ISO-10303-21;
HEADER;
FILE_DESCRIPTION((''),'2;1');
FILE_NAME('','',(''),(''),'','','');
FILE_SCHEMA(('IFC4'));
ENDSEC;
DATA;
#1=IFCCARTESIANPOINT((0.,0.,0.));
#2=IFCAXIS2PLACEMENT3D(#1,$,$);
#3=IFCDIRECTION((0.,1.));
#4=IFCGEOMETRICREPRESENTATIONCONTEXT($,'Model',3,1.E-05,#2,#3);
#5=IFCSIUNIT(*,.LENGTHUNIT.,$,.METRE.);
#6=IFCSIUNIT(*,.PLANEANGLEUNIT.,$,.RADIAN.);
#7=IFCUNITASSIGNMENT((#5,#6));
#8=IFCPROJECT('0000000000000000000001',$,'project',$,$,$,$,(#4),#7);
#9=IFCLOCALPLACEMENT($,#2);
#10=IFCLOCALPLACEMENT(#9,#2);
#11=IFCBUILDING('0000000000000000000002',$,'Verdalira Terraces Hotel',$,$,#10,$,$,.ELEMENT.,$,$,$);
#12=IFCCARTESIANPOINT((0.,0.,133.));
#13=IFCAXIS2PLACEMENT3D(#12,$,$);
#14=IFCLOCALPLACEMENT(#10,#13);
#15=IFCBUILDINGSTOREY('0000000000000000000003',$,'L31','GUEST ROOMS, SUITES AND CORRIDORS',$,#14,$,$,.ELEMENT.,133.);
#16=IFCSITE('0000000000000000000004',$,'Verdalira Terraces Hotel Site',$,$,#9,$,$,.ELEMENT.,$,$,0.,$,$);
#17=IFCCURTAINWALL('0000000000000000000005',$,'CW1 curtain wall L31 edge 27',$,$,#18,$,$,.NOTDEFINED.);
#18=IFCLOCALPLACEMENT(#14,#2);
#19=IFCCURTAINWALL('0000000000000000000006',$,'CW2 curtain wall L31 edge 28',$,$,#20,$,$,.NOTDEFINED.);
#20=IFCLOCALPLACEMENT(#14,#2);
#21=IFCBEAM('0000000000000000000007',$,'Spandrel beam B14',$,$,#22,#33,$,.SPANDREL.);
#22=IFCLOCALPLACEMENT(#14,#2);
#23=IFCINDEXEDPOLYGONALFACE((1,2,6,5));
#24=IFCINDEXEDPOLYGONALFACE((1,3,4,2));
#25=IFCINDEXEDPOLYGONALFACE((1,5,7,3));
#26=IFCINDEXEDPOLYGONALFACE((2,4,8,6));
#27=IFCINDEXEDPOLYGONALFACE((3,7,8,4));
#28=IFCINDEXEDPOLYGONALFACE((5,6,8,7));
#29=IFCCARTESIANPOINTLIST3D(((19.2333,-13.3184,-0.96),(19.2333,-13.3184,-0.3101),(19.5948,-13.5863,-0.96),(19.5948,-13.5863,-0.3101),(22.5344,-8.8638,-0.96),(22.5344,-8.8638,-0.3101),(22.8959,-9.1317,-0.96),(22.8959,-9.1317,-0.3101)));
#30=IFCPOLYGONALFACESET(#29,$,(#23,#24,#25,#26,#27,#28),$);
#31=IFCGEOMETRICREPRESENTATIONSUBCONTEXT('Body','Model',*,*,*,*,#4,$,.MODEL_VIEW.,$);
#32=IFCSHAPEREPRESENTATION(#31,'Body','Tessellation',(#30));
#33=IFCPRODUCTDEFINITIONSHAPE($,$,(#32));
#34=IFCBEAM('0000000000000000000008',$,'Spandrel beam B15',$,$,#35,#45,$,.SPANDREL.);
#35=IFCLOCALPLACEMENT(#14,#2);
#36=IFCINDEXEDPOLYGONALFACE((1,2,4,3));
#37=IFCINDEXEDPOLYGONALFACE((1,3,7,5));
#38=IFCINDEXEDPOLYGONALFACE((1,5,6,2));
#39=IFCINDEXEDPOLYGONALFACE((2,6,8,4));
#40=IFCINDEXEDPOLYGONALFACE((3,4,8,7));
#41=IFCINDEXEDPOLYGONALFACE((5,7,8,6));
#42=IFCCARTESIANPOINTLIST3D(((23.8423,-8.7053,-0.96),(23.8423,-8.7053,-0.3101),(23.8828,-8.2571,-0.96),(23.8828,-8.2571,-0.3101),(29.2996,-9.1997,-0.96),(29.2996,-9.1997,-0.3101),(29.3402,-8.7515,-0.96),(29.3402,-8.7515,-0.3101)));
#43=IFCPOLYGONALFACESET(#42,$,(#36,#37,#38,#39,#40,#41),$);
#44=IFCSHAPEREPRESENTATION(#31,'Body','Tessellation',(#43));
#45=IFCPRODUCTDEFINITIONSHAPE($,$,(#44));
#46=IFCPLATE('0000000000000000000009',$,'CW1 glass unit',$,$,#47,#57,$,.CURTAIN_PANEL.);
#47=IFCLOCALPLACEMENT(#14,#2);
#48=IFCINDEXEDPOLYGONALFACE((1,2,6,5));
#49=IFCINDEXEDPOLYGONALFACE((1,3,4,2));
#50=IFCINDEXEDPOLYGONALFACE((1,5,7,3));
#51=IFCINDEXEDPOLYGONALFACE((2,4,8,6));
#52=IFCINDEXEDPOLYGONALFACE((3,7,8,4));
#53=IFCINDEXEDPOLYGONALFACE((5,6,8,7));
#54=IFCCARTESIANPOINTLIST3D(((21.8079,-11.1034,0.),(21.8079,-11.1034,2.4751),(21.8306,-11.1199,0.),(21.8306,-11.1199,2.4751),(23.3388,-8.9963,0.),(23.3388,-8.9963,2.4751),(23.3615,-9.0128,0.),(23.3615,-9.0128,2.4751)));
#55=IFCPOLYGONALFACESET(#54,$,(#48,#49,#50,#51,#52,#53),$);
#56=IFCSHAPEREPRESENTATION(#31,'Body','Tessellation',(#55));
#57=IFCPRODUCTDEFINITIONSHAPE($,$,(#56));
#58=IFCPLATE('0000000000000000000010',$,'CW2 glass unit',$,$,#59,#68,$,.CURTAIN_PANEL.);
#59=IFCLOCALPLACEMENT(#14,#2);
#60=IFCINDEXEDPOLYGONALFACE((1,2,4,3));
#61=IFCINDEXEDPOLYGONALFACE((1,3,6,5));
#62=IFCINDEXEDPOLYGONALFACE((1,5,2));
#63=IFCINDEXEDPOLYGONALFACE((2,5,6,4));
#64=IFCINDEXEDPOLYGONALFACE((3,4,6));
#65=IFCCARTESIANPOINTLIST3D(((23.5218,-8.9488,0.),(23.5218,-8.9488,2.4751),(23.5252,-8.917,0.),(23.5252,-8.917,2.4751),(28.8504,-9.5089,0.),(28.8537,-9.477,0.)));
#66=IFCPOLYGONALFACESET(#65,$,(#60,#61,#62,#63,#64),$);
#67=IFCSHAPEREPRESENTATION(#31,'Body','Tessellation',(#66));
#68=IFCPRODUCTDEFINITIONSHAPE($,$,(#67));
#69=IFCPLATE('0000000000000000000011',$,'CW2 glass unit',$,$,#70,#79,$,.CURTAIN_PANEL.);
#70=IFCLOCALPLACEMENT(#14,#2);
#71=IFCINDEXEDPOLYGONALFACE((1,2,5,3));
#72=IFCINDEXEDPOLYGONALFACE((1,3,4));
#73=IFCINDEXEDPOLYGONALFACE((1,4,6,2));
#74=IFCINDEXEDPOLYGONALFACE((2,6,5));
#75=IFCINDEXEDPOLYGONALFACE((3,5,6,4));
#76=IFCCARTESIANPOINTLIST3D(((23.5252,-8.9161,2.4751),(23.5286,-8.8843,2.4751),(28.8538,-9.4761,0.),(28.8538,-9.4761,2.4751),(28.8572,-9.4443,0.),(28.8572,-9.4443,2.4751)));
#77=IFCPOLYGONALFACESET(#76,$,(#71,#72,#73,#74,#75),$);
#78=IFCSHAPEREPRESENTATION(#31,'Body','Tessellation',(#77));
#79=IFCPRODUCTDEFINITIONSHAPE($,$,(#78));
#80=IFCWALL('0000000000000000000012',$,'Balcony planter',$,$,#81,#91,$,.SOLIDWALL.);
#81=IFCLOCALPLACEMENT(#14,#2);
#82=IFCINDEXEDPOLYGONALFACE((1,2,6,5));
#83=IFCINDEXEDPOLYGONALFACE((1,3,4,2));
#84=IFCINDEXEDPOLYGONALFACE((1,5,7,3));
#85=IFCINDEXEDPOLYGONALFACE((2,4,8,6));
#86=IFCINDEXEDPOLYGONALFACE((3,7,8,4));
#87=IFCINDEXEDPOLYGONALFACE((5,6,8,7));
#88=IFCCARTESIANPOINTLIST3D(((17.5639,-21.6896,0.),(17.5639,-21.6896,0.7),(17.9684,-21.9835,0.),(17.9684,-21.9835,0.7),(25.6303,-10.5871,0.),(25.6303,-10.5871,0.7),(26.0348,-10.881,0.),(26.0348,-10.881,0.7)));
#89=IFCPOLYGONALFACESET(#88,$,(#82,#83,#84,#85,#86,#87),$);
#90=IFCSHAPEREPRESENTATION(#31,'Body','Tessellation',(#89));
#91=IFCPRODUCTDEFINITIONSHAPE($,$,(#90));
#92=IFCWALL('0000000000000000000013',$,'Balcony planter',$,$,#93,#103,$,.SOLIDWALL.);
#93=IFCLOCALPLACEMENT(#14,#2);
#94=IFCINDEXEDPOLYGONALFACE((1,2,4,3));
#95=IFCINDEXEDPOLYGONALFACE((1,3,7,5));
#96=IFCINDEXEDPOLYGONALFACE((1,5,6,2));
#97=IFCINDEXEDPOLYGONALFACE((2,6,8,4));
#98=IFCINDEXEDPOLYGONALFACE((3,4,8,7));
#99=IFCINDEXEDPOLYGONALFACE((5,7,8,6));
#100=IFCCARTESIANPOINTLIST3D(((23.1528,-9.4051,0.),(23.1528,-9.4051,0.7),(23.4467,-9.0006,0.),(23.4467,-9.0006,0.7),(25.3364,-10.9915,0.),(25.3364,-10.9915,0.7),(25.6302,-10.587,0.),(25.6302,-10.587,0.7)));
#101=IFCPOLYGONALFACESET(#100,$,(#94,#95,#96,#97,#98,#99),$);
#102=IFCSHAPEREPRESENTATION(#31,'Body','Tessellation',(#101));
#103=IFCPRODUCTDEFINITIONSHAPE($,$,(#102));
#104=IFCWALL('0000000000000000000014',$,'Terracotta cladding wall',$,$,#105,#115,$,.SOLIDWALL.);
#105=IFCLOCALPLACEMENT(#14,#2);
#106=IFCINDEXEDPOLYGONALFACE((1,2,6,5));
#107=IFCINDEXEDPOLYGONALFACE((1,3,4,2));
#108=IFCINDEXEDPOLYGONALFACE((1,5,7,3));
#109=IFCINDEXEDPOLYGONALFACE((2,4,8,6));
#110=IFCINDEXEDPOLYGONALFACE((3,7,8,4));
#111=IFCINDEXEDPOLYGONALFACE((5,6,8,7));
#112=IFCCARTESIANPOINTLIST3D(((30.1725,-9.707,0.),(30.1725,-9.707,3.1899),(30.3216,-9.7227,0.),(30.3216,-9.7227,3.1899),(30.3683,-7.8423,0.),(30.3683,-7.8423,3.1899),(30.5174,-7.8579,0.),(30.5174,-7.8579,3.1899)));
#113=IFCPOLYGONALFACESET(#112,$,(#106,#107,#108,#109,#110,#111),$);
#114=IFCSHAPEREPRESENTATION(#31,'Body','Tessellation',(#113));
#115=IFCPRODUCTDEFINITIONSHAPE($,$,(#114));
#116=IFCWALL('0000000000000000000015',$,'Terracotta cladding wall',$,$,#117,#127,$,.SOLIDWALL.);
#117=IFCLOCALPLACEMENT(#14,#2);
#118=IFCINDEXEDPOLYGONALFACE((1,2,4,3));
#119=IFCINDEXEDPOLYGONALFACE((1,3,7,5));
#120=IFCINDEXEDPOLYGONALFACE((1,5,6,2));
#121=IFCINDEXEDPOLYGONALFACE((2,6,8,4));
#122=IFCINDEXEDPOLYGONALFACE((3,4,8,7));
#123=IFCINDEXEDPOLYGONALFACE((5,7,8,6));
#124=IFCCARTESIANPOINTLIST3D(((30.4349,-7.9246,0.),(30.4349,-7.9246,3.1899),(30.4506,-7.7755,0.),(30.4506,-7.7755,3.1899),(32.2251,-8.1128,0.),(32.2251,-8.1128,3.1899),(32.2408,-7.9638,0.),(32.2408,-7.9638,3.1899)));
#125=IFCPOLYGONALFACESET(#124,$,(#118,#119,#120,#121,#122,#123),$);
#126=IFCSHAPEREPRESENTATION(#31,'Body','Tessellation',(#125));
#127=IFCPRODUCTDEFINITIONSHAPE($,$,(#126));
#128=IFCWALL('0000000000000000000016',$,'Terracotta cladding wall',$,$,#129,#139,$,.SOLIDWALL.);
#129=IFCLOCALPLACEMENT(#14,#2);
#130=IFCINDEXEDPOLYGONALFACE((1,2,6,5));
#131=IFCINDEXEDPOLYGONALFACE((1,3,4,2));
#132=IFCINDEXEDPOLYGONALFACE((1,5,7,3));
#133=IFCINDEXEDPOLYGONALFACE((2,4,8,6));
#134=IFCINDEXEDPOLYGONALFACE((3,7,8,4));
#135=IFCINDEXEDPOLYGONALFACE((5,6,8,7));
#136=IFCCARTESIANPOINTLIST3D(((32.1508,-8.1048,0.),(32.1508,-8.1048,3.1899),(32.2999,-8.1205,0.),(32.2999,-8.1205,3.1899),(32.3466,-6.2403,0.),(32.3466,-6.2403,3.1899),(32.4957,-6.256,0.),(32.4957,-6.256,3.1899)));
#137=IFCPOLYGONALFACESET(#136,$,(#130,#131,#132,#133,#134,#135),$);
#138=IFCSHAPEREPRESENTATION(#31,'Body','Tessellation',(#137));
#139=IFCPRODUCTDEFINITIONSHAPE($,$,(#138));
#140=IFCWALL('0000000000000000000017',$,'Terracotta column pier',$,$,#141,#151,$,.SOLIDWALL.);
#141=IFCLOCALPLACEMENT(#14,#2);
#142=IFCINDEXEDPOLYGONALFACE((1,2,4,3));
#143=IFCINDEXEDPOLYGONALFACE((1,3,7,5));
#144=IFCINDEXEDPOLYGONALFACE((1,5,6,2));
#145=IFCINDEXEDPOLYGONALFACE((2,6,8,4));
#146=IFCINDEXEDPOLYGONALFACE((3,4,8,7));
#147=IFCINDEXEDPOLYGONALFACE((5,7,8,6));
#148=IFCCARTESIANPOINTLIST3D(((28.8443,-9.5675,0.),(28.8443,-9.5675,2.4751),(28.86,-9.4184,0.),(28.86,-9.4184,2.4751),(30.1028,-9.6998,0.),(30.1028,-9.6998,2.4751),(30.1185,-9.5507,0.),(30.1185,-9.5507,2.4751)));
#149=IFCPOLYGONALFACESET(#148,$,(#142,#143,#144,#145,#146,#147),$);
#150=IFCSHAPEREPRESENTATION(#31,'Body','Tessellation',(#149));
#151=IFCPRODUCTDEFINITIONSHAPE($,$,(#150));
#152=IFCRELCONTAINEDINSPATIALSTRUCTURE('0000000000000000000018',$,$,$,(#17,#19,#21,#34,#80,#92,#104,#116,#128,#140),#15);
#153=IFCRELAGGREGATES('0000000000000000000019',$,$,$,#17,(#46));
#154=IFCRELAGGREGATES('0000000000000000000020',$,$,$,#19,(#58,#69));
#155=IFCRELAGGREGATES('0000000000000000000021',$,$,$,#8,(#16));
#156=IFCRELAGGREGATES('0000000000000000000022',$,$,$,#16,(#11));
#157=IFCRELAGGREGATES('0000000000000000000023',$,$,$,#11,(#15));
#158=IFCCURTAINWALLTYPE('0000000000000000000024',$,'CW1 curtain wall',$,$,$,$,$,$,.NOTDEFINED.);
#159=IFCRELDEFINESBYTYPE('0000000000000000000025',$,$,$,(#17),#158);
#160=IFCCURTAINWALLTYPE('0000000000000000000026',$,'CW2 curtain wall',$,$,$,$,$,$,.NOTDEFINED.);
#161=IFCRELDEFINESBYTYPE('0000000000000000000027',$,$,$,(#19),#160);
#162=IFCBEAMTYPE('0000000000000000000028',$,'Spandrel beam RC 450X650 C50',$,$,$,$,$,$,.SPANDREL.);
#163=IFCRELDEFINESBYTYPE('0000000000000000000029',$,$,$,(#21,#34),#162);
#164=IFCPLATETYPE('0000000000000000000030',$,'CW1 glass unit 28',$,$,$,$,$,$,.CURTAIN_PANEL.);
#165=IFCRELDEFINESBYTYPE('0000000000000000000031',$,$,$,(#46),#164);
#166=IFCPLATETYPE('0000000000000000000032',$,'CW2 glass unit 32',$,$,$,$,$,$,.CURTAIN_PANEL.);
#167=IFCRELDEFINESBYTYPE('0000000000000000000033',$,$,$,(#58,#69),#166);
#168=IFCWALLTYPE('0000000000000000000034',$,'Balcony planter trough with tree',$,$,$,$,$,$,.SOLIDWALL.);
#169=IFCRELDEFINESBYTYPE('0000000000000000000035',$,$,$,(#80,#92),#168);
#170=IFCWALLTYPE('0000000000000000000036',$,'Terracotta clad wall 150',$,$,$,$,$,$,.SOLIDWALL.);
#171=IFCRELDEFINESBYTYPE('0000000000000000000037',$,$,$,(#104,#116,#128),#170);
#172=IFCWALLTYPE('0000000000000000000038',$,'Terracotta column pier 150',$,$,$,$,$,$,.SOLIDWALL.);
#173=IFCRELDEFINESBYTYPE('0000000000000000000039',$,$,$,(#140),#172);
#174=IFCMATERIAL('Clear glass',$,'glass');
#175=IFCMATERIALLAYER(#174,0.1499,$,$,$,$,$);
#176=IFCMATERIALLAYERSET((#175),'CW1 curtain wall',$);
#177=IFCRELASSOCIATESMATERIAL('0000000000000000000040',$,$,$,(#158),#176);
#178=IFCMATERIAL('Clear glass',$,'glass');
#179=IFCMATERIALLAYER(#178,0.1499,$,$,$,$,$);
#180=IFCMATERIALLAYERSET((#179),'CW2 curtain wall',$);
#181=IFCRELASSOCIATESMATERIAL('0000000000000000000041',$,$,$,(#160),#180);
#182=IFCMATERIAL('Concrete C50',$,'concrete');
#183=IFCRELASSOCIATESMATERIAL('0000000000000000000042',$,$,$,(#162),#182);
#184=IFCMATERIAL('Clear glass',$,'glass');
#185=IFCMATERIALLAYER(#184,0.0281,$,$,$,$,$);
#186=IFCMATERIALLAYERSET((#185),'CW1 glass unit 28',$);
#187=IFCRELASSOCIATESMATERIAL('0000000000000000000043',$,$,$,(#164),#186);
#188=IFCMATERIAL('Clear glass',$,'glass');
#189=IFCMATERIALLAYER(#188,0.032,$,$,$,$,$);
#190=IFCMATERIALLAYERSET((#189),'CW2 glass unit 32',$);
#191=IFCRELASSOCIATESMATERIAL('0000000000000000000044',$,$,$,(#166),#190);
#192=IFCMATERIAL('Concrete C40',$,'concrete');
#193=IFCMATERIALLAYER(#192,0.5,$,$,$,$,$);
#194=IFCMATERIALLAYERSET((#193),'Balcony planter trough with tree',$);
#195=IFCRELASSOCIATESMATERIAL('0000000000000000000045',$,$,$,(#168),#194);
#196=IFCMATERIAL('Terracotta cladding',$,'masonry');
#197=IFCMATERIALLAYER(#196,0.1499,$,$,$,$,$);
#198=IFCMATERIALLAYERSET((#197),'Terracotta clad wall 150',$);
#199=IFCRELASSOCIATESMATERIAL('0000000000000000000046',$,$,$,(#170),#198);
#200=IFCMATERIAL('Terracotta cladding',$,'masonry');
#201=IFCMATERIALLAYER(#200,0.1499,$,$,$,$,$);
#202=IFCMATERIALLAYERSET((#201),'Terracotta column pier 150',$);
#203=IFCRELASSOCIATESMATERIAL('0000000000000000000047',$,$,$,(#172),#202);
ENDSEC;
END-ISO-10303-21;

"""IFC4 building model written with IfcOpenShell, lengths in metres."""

from ifc_helpers import new_model, si_unit, direction, frame, frame_2d, origin, origin_2d, place, context, subcontext, project, spatial, polyline, rectangle, outline, extrude, material, layer, layer_set, material_profile, profile_set, type_object, element, aggregate, save


model = new_model("IFC4")

# Units and contexts
model_context = context("Model", 3, precision=1e-05, world=origin(), true_north=direction((0.0, 1.0)))
body_context = subcontext(model_context, "Body", "Model", "MODEL_VIEW")
ifc_project = project(units=[si_unit("LENGTHUNIT", "METRE"), si_unit("PLANEANGLEUNIT", "RADIAN")], contexts=[model_context])

# Site, building, storey
site_placement = place(None, origin())
site = spatial("IfcSite", under=ifc_project, at=site_placement, Name="Verdalira Terraces Hotel Site", CompositionType="ELEMENT", RefElevation=0.0)
building_placement = place(site_placement, origin())
building = spatial("IfcBuilding", under=site, at=building_placement, Name="Verdalira Terraces Hotel", CompositionType="ELEMENT")
storey_placement = place(building_placement, frame((0.0, 0.0, 133.0)))
storey = spatial("IfcBuildingStorey", under=building, at=storey_placement, Name="L31", Description="GUEST ROOMS, SUITES AND CORRIDORS", CompositionType="ELEMENT", Elevation=133.0)

# Curtain wall
ifc_material_1 = material(Name="Clear glass", Category="glass")
ifc_layer_1 = layer(ifc_material_1, 0.1499)
ifc_layer_set_1 = layer_set([ifc_layer_1], Name="CW1 curtain wall")
curtain_wall_type_1 = type_object("IfcCurtainWallType", Name="CW1 curtain wall", PredefinedType="NOTDEFINED", material=ifc_layer_set_1)
curtain_wall_1_placement = place(storey_placement, origin())
curtain_wall_1 = element("IfcCurtainWall", 1, at=curtain_wall_1_placement, inside=storey, type_object=curtain_wall_type_1, Name="CW1 curtain wall L31 edge 27", PredefinedType="NOTDEFINED")

# Curtain wall
ifc_material_2 = material(Name="Clear glass", Category="glass")
ifc_layer_2 = layer(ifc_material_2, 0.1499)
ifc_layer_set_2 = layer_set([ifc_layer_2], Name="CW2 curtain wall")
curtain_wall_type_2 = type_object("IfcCurtainWallType", Name="CW2 curtain wall", PredefinedType="NOTDEFINED", material=ifc_layer_set_2)
curtain_wall_2_placement = place(storey_placement, origin())
curtain_wall_2 = element("IfcCurtainWall", 2, at=curtain_wall_2_placement, inside=storey, type_object=curtain_wall_type_2, Name="CW2 curtain wall L31 edge 28", PredefinedType="NOTDEFINED")

# Beams
ifc_material_3 = material(Name="Concrete C50", Category="concrete")
ifc_material_profile_1 = material_profile(ifc_material_3, rectangle(XDim=0.45, YDim=0.6499, at=origin_2d()), Name="RC 450X650")
ifc_profile_set_1 = profile_set([ifc_material_profile_1], Name="Concrete C50")
beam_type_1 = type_object("IfcBeamType", Name="Spandrel beam RC 450X650 C50", PredefinedType="SPANDREL", material=ifc_profile_set_1)
beam_1_placement = place(storey_placement, frame((19.4141, -13.4524, -0.635), z_axis=(0.595382, 0.803443, 0.0), x_axis=(-0.803443, 0.595382, 0.0)))
element("IfcBeam", 3, at=beam_1_placement, inside=storey, type_object=beam_type_1, Name="Spandrel beam B14", PredefinedType="SPANDREL", context=body_context, shape_type="SweptSolid", body=[
    extrude(rectangle(XDim=0.45, YDim=0.6499, at=origin_2d()), origin(), (0.0, 0.0, 1.0), 5.5444),
])
beam_2_placement = place(storey_placement, frame((23.8625, -8.4812, -0.635), z_axis=(0.995922, -0.090222, 0.0), x_axis=(0.090222, 0.995922, 0.0)))
element("IfcBeam", 4, at=beam_2_placement, inside=storey, type_object=beam_type_1, Name="Spandrel beam B15", PredefinedType="SPANDREL", context=body_context, shape_type="SweptSolid", body=[
    extrude(rectangle(XDim=0.45, YDim=0.6499, at=origin_2d()), origin(), (0.0, 0.0, 1.0), 5.4797),
])

# Plates
ifc_material_4 = material(Name="Clear glass", Category="glass")
ifc_layer_3 = layer(ifc_material_4, 0.0281)
ifc_layer_set_3 = layer_set([ifc_layer_3], Name="CW1 glass unit 28")
plate_type_1 = type_object("IfcPlateType", Name="CW1 glass unit 28", PredefinedType="CURTAIN_PANEL", material=ifc_layer_set_3)
plate_1_placement = place(storey_placement, frame((22.5847, -10.0581, 0.0), z_axis=(0.0, 0.0, 1.0), x_axis=(0.587785, 0.809017, 0.0)))
plate_1 = element("IfcPlate", 5, at=plate_1_placement, type_object=plate_type_1, Name="CW1 glass unit", PredefinedType="CURTAIN_PANEL", context=body_context, shape_type="SweptSolid", body=[
    extrude(rectangle(XDim=2.6045, YDim=0.0281, at=origin_2d()), origin(), (0.0, 0.0, 1.0), 2.4751),
])
aggregate(curtain_wall_1, [plate_1])
ifc_material_5 = material(Name="Clear glass", Category="glass")
ifc_layer_4 = layer(ifc_material_5, 0.032)
ifc_layer_set_4 = layer_set([ifc_layer_4], Name="CW2 glass unit 32")
plate_type_2 = type_object("IfcPlateType", Name="CW2 glass unit 32", PredefinedType="CURTAIN_PANEL", material=ifc_layer_set_4)
plate_2_placement = place(storey_placement, frame((26.1895, -9.197, 1.2375), z_axis=(-0.104528, -0.994522, 0.0), x_axis=(0.994522, -0.104528, 0.0)))
plate_2 = element("IfcPlate", 6, at=plate_2_placement, type_object=plate_type_2, Name="CW2 glass unit", PredefinedType="CURTAIN_PANEL", context=body_context, shape_type="SweptSolid", body=[
    extrude(outline(polyline([(-2.679, -1.2375), (2.679, -1.2375), (-2.679, 1.2375), (-2.679, -1.2375)])), origin(), (0.0, 0.0, 1.0), 0.032),
])
plate_3_placement = place(storey_placement, frame((26.1929, -9.1643, 1.2375), z_axis=(-0.104528, -0.994522, 0.0), x_axis=(0.994522, -0.104528, 0.0)))
plate_3 = element("IfcPlate", 7, at=plate_3_placement, type_object=plate_type_2, Name="CW2 glass unit", PredefinedType="CURTAIN_PANEL", context=body_context, shape_type="SweptSolid", body=[
    extrude(outline(polyline([(2.679, -1.2375), (2.679, 1.2375), (-2.679, 1.2375), (2.679, -1.2375)])), origin(), (0.0, 0.0, 1.0), 0.032),
])
aggregate(curtain_wall_2, [plate_2, plate_3])

# Walls
ifc_material_6 = material(Name="Concrete C40", Category="concrete")
ifc_layer_5 = layer(ifc_material_6, 0.5)
ifc_layer_set_5 = layer_set([ifc_layer_5], Name="Balcony planter trough with tree")
wall_type_1 = type_object("IfcWallType", Name="Balcony planter trough with tree", PredefinedType="SOLIDWALL", material=ifc_layer_set_5)
wall_1_placement = place(storey_placement, frame((17.7661, -21.8367, 0.0), z_axis=(0.0, 0.0, 1.0), x_axis=(0.587782, 0.809019, 0.0)))
element("IfcWall", 8, at=wall_1_placement, inside=storey, type_object=wall_type_1, Name="Balcony planter", PredefinedType="SOLIDWALL", context=body_context, shape_type="SweptSolid", body=[
    extrude(rectangle(XDim=13.7234, YDim=0.5, at=frame_2d((6.8618, 0.0))), origin(), (0.0, 0.0, 1.0), 0.7),
])
wall_2_placement = place(storey_placement, frame((25.4834, -10.7893, 0.0), z_axis=(0.0, 0.0, 1.0), x_axis=(-0.809025, 0.587774, 0.0)))
element("IfcWall", 9, at=wall_2_placement, inside=storey, type_object=wall_type_1, Name="Balcony planter", PredefinedType="SOLIDWALL", context=body_context, shape_type="SweptSolid", body=[
    extrude(rectangle(XDim=2.699, YDim=0.5, at=frame_2d((1.3496, 0.0))), origin(), (0.0, 0.0, 1.0), 0.7),
])
ifc_material_7 = material(Name="Terracotta cladding", Category="masonry")
ifc_layer_6 = layer(ifc_material_7, 0.1499)
ifc_layer_set_6 = layer_set([ifc_layer_6], Name="Terracotta clad wall 150")
wall_type_2 = type_object("IfcWallType", Name="Terracotta clad wall 150", PredefinedType="SOLIDWALL", material=ifc_layer_set_6)
wall_3_placement = place(storey_placement, frame((30.2471, -9.7148, 0.0), z_axis=(0.0, 0.0, 1.0), x_axis=(0.104427, 0.994533, 0.0)))
element("IfcWall", 10, at=wall_3_placement, inside=storey, type_object=wall_type_2, Name="Terracotta cladding wall", PredefinedType="SOLIDWALL", context=body_context, shape_type="SweptSolid", body=[
    extrude(rectangle(XDim=1.875, YDim=0.1499, at=frame_2d((0.9375, 0.0))), origin(), (0.0, 0.0, 1.0), 3.1899),
])
wall_4_placement = place(storey_placement, frame((30.4429, -7.8501, 0.0), z_axis=(0.0, 0.0, 1.0), x_axis=(0.994518, -0.104565, 0.0)))
element("IfcWall", 11, at=wall_4_placement, inside=storey, type_object=wall_type_2, Name="Terracotta cladding wall", PredefinedType="SOLIDWALL", context=body_context, shape_type="SweptSolid", body=[
    extrude(rectangle(XDim=1.8, YDim=0.1499, at=frame_2d((0.8999, 0.0))), origin(), (0.0, 0.0, 1.0), 3.1899),
])
wall_5_placement = place(storey_placement, frame((32.2253, -8.1128, 0.0), z_axis=(0.0, 0.0, 1.0), x_axis=(0.104441, 0.994531, 0.0)))
element("IfcWall", 12, at=wall_5_placement, inside=storey, type_object=wall_type_2, Name="Terracotta cladding wall", PredefinedType="SOLIDWALL", context=body_context, shape_type="SweptSolid", body=[
    extrude(rectangle(XDim=1.8748, YDim=0.1499, at=frame_2d((0.9375, 0.0))), origin(), (0.0, 0.0, 1.0), 3.1899),
])
ifc_material_8 = material(Name="Terracotta cladding", Category="masonry")
ifc_layer_7 = layer(ifc_material_8, 0.1499)
ifc_layer_set_7 = layer_set([ifc_layer_7], Name="Terracotta column pier 150")
wall_type_3 = type_object("IfcWallType", Name="Terracotta column pier 150", PredefinedType="SOLIDWALL", material=ifc_layer_set_7)
wall_6_placement = place(storey_placement, frame((28.8521, -9.4929, 0.0), z_axis=(0.0, 0.0, 1.0), x_axis=(0.994518, -0.104564, 0.0)))
element("IfcWall", 13, at=wall_6_placement, inside=storey, type_object=wall_type_3, Name="Terracotta column pier", PredefinedType="SOLIDWALL", context=body_context, shape_type="SweptSolid", body=[
    extrude(rectangle(XDim=1.2654, YDim=0.1499, at=frame_2d((0.6328, 0.0))), origin(), (0.0, 0.0, 1.0), 2.4751),
])

save(model, "model.ifc")
